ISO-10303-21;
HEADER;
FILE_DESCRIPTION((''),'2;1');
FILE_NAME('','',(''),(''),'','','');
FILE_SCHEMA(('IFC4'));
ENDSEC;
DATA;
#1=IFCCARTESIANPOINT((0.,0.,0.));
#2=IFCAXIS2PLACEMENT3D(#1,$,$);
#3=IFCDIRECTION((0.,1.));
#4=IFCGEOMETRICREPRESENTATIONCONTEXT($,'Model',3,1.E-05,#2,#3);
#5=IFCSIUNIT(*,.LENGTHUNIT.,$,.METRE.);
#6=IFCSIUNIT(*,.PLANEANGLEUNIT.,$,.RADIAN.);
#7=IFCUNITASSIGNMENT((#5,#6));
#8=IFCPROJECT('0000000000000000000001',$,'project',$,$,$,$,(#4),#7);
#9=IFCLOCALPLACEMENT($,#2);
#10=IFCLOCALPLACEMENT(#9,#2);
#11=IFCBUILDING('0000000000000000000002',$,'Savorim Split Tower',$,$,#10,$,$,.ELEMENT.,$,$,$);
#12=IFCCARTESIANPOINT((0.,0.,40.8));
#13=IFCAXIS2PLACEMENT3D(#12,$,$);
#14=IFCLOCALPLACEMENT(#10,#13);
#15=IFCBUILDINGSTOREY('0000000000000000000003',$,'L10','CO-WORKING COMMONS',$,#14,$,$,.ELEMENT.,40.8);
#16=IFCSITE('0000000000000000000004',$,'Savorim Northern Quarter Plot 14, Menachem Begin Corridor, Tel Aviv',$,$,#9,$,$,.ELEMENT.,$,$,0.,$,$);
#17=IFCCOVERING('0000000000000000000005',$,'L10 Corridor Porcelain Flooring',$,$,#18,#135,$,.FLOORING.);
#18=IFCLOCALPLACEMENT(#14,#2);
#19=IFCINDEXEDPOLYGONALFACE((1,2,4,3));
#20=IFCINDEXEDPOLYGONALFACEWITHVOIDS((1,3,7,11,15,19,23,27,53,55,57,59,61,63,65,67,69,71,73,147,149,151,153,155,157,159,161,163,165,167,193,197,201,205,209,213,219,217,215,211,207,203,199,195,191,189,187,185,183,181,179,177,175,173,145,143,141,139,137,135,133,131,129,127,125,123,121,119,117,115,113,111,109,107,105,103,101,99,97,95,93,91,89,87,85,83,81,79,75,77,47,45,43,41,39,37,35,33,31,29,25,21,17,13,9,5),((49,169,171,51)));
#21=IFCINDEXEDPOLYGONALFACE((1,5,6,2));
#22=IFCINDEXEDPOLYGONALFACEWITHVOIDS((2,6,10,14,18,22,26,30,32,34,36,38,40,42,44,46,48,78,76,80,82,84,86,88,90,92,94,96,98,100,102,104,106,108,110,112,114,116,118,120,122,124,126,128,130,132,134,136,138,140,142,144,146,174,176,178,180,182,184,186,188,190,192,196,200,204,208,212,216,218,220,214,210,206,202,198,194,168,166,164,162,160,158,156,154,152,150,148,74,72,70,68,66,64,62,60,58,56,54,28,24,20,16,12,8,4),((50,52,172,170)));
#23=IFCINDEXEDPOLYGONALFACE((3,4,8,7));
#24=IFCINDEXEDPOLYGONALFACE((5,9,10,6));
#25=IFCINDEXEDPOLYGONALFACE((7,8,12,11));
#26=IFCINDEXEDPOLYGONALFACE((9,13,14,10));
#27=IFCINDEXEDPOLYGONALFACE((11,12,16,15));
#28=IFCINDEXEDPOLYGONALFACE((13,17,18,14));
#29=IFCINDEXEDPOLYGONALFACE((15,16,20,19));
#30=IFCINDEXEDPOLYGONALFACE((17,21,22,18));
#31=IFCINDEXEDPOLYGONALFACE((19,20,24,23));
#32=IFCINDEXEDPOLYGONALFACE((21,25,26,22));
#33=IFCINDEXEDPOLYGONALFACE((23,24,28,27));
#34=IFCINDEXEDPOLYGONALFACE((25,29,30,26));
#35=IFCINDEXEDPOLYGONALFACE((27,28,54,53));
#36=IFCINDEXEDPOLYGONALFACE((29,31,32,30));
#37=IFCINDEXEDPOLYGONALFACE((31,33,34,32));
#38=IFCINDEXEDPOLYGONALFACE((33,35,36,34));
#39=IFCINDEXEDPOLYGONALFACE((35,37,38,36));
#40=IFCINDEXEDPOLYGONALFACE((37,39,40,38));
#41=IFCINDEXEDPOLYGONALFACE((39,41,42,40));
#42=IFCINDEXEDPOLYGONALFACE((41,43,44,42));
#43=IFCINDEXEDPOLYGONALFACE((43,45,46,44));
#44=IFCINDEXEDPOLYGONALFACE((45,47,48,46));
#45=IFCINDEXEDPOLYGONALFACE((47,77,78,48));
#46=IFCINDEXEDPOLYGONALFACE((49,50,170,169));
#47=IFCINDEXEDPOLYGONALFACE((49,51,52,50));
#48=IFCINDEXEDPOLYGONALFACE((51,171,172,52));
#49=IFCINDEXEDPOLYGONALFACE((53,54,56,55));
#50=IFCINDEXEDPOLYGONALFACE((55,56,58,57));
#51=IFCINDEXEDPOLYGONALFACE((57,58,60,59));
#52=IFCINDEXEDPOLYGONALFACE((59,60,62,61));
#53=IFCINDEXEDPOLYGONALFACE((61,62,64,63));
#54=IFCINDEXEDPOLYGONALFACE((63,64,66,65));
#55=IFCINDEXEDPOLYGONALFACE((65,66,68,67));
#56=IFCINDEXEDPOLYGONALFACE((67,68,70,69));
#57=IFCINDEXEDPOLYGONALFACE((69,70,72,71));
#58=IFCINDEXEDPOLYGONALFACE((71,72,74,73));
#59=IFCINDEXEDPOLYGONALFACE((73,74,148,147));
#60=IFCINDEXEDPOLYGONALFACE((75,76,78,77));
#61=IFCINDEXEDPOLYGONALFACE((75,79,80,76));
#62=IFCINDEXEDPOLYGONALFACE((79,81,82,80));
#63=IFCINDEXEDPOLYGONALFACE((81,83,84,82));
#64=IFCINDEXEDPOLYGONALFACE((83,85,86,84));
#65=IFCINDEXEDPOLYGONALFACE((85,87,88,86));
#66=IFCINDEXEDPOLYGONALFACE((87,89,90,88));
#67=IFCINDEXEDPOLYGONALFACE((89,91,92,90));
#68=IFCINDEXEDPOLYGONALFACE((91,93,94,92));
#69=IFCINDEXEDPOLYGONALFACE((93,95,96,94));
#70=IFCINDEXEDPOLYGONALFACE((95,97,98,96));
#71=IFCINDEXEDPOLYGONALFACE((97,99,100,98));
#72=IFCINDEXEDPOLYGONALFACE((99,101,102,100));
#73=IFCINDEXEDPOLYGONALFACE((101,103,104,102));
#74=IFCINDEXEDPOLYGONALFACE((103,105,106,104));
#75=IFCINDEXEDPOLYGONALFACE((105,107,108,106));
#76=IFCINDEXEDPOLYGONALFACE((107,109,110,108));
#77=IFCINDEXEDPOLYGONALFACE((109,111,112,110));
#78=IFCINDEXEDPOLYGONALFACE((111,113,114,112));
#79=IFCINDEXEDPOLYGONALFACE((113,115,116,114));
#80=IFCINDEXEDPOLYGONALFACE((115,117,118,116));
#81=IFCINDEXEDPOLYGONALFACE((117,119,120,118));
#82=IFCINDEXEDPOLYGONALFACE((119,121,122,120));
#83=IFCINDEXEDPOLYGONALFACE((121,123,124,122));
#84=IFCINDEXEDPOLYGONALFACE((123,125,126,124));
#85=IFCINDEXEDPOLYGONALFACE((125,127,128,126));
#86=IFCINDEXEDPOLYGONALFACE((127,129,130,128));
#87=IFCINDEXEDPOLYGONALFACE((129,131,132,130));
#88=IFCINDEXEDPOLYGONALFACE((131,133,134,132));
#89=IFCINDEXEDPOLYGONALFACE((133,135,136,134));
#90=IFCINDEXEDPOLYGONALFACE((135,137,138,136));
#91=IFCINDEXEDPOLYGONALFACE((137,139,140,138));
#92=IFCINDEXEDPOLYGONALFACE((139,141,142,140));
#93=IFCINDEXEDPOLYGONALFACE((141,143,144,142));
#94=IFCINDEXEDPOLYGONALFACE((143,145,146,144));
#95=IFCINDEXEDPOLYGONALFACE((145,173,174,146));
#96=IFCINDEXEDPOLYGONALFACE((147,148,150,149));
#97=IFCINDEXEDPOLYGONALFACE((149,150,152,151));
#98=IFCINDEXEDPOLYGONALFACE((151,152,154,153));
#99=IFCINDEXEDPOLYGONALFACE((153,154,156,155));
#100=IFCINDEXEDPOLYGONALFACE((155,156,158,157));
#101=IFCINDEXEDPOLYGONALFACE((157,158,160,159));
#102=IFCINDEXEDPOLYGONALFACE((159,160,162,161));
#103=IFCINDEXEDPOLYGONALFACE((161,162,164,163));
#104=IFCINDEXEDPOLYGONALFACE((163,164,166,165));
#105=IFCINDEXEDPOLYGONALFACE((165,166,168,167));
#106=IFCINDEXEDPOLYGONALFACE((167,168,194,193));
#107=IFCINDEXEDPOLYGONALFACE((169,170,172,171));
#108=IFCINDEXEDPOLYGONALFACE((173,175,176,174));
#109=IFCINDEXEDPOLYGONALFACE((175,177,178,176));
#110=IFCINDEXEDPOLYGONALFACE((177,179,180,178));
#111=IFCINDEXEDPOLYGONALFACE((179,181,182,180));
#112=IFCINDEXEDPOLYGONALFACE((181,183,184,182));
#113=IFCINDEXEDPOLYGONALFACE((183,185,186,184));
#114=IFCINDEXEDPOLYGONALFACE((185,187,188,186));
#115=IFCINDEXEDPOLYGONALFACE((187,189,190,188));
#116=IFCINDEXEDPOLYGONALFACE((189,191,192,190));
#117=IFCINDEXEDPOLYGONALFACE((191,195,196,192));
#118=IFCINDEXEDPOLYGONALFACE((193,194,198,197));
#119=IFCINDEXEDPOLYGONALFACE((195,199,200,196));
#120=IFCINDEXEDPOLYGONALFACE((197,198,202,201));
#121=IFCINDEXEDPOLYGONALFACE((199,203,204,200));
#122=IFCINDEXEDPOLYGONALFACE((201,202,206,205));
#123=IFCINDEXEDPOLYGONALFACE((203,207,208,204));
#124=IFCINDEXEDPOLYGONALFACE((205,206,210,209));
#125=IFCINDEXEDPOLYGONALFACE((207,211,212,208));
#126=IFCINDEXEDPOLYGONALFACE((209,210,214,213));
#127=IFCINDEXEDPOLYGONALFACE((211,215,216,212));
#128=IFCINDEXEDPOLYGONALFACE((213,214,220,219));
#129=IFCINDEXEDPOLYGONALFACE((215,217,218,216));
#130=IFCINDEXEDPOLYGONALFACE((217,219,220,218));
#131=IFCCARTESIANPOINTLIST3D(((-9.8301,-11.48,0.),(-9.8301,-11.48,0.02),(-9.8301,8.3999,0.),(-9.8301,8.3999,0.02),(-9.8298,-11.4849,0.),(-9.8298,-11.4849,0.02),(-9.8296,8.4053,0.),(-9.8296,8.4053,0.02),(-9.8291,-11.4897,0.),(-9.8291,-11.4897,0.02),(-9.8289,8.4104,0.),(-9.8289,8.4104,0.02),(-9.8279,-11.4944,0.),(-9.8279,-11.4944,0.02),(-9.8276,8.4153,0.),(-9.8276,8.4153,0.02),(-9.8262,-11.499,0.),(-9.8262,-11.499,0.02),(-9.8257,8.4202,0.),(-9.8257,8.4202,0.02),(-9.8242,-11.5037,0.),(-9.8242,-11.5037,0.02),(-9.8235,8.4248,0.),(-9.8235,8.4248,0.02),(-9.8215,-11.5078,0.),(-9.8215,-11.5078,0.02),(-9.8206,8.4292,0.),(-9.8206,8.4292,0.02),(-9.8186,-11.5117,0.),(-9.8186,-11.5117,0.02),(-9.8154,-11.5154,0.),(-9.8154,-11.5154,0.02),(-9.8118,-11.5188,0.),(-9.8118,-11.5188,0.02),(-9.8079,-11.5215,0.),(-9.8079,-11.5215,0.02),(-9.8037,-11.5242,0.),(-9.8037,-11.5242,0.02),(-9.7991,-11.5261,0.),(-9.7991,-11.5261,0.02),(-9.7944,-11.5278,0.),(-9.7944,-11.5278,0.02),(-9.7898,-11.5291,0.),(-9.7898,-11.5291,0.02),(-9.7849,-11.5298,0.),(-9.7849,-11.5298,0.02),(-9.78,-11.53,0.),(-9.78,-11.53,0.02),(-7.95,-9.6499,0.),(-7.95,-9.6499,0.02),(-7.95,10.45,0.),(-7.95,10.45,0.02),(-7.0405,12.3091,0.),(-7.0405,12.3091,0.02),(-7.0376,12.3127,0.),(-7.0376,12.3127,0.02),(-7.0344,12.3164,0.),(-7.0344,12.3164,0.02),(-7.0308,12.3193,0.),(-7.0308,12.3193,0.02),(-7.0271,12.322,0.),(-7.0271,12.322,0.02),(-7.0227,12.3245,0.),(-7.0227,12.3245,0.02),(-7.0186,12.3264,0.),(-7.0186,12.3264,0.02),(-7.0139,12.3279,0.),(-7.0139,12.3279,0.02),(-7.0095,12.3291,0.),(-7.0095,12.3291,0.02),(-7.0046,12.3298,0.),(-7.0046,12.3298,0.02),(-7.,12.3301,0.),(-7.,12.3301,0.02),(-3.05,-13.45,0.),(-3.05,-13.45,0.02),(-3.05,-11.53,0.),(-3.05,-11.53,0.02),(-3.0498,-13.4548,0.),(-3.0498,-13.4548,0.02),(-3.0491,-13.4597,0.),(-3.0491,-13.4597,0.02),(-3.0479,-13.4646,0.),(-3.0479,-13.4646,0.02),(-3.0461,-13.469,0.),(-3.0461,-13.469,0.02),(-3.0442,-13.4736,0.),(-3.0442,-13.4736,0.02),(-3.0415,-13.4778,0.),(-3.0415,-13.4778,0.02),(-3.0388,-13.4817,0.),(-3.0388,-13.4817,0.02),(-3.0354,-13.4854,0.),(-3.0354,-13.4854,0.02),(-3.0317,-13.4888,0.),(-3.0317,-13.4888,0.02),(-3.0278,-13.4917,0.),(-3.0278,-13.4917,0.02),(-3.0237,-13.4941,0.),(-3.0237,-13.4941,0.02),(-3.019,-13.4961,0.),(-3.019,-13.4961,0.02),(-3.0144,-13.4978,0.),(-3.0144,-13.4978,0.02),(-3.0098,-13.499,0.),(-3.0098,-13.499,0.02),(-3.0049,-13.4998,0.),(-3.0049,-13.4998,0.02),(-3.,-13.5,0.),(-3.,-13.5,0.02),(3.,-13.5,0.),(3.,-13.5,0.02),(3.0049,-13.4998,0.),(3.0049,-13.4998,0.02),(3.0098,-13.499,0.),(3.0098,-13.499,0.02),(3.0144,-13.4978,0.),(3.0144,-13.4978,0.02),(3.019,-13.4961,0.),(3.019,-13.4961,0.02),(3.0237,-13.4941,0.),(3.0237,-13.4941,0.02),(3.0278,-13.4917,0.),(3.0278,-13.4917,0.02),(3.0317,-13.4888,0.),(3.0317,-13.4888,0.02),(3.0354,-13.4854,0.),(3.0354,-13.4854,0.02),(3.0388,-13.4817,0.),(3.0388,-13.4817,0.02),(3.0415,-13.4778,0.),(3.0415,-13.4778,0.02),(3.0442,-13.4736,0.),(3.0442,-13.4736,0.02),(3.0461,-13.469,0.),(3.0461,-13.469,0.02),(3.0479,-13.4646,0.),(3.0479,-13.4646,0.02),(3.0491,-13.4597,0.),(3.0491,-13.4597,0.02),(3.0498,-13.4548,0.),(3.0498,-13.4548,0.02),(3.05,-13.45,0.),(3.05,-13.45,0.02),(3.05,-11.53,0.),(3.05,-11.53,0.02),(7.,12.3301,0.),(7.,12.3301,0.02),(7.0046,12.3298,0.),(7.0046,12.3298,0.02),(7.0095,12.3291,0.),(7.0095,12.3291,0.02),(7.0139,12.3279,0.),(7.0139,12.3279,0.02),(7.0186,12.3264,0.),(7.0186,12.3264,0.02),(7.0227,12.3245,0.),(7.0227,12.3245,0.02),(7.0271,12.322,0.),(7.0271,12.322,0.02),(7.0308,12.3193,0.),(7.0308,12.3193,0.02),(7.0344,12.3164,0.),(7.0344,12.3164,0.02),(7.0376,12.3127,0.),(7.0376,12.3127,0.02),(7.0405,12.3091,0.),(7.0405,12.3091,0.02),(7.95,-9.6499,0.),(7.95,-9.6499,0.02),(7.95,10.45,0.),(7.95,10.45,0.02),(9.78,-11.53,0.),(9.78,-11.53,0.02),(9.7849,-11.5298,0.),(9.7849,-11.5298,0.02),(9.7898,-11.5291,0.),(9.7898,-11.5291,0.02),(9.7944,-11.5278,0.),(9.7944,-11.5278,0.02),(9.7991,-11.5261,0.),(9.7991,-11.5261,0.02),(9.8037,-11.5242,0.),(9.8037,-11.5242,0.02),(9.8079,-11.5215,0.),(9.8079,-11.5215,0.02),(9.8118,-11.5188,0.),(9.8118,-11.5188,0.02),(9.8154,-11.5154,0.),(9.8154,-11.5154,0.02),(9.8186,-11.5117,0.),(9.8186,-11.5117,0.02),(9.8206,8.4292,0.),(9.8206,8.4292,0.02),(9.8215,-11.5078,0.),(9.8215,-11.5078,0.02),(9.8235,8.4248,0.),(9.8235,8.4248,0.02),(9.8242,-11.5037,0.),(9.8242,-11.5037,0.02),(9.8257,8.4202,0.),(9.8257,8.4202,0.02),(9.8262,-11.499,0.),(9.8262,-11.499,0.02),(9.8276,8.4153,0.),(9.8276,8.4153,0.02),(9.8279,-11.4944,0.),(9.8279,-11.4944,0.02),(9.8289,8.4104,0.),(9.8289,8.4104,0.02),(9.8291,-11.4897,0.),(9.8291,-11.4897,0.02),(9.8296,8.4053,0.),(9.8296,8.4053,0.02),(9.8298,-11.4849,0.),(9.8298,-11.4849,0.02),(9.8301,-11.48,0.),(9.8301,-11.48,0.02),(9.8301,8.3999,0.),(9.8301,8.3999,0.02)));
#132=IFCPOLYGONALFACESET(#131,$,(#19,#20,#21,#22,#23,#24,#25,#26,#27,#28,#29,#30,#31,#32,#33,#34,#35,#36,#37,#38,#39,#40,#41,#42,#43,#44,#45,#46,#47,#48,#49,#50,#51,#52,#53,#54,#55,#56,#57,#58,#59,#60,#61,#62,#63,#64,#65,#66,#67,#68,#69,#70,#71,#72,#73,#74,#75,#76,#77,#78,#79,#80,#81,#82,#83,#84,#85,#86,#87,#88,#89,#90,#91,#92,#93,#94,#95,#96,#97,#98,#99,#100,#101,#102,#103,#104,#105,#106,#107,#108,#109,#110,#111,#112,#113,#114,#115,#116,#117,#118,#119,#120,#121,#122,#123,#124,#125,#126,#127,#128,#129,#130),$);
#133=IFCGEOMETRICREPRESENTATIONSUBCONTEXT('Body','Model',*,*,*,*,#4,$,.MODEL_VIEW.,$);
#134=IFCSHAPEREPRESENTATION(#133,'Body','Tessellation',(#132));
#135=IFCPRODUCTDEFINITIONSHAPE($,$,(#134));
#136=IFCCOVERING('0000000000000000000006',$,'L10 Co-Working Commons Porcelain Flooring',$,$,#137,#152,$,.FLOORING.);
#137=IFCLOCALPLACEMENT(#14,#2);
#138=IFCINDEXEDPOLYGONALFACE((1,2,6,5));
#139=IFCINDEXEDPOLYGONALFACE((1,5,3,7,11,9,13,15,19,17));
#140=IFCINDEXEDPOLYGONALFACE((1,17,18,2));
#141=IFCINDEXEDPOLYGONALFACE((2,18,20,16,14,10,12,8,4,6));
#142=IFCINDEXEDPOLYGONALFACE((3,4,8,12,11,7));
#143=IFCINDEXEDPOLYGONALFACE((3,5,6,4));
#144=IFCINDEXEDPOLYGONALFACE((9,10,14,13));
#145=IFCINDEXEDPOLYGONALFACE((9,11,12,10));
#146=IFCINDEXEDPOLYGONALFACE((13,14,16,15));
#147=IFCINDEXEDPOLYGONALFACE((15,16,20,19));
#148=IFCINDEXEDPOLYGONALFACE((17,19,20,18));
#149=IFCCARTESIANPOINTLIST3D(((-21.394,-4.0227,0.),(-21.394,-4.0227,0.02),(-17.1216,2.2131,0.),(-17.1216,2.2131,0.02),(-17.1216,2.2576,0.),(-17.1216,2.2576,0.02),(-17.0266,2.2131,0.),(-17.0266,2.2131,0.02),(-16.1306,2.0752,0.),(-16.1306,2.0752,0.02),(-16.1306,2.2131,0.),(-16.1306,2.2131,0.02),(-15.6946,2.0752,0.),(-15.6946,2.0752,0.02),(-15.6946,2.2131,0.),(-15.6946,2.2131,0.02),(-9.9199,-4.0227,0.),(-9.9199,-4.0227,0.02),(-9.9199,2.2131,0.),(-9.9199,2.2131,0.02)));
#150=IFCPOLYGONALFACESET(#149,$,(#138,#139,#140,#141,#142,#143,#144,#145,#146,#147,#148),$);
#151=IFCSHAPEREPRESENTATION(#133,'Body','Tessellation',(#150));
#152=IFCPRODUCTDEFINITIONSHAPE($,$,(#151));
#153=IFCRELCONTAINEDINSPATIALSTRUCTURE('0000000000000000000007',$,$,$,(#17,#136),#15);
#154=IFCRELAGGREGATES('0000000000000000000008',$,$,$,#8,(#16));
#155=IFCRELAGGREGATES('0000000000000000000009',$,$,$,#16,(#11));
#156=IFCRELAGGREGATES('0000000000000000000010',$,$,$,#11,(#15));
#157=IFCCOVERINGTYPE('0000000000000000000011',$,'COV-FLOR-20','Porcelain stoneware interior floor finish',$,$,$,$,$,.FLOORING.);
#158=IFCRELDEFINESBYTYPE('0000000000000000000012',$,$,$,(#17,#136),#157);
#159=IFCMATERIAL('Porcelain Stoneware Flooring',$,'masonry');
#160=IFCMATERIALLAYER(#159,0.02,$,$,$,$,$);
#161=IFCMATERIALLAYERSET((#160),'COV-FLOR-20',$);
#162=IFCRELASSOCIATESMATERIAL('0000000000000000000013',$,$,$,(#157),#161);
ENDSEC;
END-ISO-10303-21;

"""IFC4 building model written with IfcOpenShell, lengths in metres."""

from ifc_helpers import new_model, si_unit, direction, frame, origin, place, context, subcontext, project, spatial, polyline, outline, extrude, material, layer, layer_set, type_object, element, save


model = new_model("IFC4")

# Units and contexts
model_context = context("Model", 3, precision=1e-05, world=origin(), true_north=direction((0.0, 1.0)))
body_context = subcontext(model_context, "Body", "Model", "MODEL_VIEW")
ifc_project = project(units=[si_unit("LENGTHUNIT", "METRE"), si_unit("PLANEANGLEUNIT", "RADIAN")], contexts=[model_context])

# Site, building, storey
site_placement = place(None, origin())
site = spatial("IfcSite", under=ifc_project, at=site_placement, Name="Savorim Northern Quarter Plot 14, Menachem Begin Corridor, Tel Aviv", CompositionType="ELEMENT", RefElevation=0.0)
building_placement = place(site_placement, origin())
building = spatial("IfcBuilding", under=site, at=building_placement, Name="Savorim Split Tower", CompositionType="ELEMENT")
storey_placement = place(building_placement, frame((0.0, 0.0, 40.8)))
storey = spatial("IfcBuildingStorey", under=building, at=storey_placement, Name="L10", Description="CO-WORKING COMMONS", CompositionType="ELEMENT", Elevation=40.8)

# Coverings
ifc_material_1 = material(Name="Porcelain Stoneware Flooring", Category="masonry")
ifc_layer_1 = layer(ifc_material_1, 0.02)
ifc_layer_set_1 = layer_set([ifc_layer_1], Name="COV-FLOR-20")
covering_type_1 = type_object("IfcCoveringType", Name="COV-FLOR-20", Description="Porcelain stoneware interior floor finish", PredefinedType="FLOORING", material=ifc_layer_set_1)
covering_1_placement = place(storey_placement, origin())
element("IfcCovering", 1, at=covering_1_placement, inside=storey, type_object=covering_type_1, Name="L10 Corridor Porcelain Flooring", PredefinedType="FLOORING", context=body_context, shape_type="SweptSolid", body=[
    extrude(outline(polyline([(7.0095, 12.3291), (7.0046, 12.3298), (7.0, 12.3301), (-7.0, 12.3301), (-7.0046, 12.3298), (-7.0095, 12.3291), (-7.0139, 12.3279), (-7.0186, 12.3264), (-7.0227, 12.3245), (-7.0271, 12.322), (-7.0308, 12.3193), (-7.0344, 12.3164), (-7.0376, 12.3127), (-7.0405, 12.3091), (-9.8206, 8.4292), (-9.8235, 8.4248), (-9.8257, 8.4202), (-9.8276, 8.4153), (-9.8289, 8.4104), (-9.8296, 8.4053), (-9.8301, 8.3999), (-9.8301, -11.48), (-9.8298, -11.4849), (-9.8291, -11.4897), (-9.8279, -11.4944), (-9.8262, -11.499), (-9.8242, -11.5037), (-9.8215, -11.5078), (-9.8186, -11.5117), (-9.8154, -11.5154), (-9.8118, -11.5188), (-9.8079, -11.5215), (-9.8037, -11.5242), (-9.7991, -11.5261), (-9.7944, -11.5278), (-9.7898, -11.5291), (-9.7849, -11.5298), (-9.78, -11.53), (-3.05, -11.53), (-3.05, -13.45), (-3.0498, -13.4548), (-3.0491, -13.4597), (-3.0479, -13.4646), (-3.0461, -13.469), (-3.0442, -13.4736), (-3.0415, -13.4778), (-3.0388, -13.4817), (-3.0354, -13.4854), (-3.0317, -13.4888), (-3.0278, -13.4917), (-3.0237, -13.4941), (-3.019, -13.4961), (-3.0144, -13.4978), (-3.0098, -13.499), (-3.0049, -13.4998), (-3.0, -13.5), (3.0, -13.5), (3.0049, -13.4998), (3.0098, -13.499), (3.0144, -13.4978), (3.019, -13.4961), (3.0237, -13.4941), (3.0278, -13.4917), (3.0317, -13.4888), (3.0354, -13.4854), (3.0388, -13.4817), (3.0415, -13.4778), (3.0442, -13.4736), (3.0461, -13.469), (3.0479, -13.4646), (3.0491, -13.4597), (3.0498, -13.4548), (3.05, -13.45), (3.05, -11.53), (9.78, -11.53), (9.7849, -11.5298), (9.7898, -11.5291), (9.7944, -11.5278), (9.7991, -11.5261), (9.8037, -11.5242), (9.8079, -11.5215), (9.8118, -11.5188), (9.8154, -11.5154), (9.8186, -11.5117), (9.8215, -11.5078), (9.8242, -11.5037), (9.8262, -11.499), (9.8279, -11.4944), (9.8291, -11.4897), (9.8298, -11.4849), (9.8301, -11.48), (9.8301, 8.3999), (9.8296, 8.4053), (9.8289, 8.4104), (9.8276, 8.4153), (9.8257, 8.4202), (9.8235, 8.4248), (9.8206, 8.4292), (7.0405, 12.3091), (7.0376, 12.3127), (7.0344, 12.3164), (7.0308, 12.3193), (7.0271, 12.322), (7.0227, 12.3245), (7.0186, 12.3264), (7.0139, 12.3279), (7.0095, 12.3291)]), holes=[polyline([(-7.95, 10.45), (-7.95, -9.6499), (7.95, -9.6499), (7.95, 10.45), (-7.95, 10.45)])]), origin(), (0.0, 0.0, 1.0), 0.02),
])
covering_2_placement = place(storey_placement, origin())
element("IfcCovering", 2, at=covering_2_placement, inside=storey, type_object=covering_type_1, Name="L10 Co-Working Commons Porcelain Flooring", PredefinedType="FLOORING", context=body_context, shape_type="SweptSolid", body=[
    extrude(outline(polyline([(-17.0266, 2.2131), (-17.1216, 2.2131), (-17.1216, 2.2576), (-21.394, -4.0227), (-9.9199, -4.0227), (-9.9199, 2.2131), (-15.6946, 2.2131), (-15.6946, 2.0752), (-16.1306, 2.0752), (-16.1306, 2.2131), (-17.0266, 2.2131)])), origin(), (0.0, 0.0, 1.0), 0.02),
])

save(model, "model.ifc")
